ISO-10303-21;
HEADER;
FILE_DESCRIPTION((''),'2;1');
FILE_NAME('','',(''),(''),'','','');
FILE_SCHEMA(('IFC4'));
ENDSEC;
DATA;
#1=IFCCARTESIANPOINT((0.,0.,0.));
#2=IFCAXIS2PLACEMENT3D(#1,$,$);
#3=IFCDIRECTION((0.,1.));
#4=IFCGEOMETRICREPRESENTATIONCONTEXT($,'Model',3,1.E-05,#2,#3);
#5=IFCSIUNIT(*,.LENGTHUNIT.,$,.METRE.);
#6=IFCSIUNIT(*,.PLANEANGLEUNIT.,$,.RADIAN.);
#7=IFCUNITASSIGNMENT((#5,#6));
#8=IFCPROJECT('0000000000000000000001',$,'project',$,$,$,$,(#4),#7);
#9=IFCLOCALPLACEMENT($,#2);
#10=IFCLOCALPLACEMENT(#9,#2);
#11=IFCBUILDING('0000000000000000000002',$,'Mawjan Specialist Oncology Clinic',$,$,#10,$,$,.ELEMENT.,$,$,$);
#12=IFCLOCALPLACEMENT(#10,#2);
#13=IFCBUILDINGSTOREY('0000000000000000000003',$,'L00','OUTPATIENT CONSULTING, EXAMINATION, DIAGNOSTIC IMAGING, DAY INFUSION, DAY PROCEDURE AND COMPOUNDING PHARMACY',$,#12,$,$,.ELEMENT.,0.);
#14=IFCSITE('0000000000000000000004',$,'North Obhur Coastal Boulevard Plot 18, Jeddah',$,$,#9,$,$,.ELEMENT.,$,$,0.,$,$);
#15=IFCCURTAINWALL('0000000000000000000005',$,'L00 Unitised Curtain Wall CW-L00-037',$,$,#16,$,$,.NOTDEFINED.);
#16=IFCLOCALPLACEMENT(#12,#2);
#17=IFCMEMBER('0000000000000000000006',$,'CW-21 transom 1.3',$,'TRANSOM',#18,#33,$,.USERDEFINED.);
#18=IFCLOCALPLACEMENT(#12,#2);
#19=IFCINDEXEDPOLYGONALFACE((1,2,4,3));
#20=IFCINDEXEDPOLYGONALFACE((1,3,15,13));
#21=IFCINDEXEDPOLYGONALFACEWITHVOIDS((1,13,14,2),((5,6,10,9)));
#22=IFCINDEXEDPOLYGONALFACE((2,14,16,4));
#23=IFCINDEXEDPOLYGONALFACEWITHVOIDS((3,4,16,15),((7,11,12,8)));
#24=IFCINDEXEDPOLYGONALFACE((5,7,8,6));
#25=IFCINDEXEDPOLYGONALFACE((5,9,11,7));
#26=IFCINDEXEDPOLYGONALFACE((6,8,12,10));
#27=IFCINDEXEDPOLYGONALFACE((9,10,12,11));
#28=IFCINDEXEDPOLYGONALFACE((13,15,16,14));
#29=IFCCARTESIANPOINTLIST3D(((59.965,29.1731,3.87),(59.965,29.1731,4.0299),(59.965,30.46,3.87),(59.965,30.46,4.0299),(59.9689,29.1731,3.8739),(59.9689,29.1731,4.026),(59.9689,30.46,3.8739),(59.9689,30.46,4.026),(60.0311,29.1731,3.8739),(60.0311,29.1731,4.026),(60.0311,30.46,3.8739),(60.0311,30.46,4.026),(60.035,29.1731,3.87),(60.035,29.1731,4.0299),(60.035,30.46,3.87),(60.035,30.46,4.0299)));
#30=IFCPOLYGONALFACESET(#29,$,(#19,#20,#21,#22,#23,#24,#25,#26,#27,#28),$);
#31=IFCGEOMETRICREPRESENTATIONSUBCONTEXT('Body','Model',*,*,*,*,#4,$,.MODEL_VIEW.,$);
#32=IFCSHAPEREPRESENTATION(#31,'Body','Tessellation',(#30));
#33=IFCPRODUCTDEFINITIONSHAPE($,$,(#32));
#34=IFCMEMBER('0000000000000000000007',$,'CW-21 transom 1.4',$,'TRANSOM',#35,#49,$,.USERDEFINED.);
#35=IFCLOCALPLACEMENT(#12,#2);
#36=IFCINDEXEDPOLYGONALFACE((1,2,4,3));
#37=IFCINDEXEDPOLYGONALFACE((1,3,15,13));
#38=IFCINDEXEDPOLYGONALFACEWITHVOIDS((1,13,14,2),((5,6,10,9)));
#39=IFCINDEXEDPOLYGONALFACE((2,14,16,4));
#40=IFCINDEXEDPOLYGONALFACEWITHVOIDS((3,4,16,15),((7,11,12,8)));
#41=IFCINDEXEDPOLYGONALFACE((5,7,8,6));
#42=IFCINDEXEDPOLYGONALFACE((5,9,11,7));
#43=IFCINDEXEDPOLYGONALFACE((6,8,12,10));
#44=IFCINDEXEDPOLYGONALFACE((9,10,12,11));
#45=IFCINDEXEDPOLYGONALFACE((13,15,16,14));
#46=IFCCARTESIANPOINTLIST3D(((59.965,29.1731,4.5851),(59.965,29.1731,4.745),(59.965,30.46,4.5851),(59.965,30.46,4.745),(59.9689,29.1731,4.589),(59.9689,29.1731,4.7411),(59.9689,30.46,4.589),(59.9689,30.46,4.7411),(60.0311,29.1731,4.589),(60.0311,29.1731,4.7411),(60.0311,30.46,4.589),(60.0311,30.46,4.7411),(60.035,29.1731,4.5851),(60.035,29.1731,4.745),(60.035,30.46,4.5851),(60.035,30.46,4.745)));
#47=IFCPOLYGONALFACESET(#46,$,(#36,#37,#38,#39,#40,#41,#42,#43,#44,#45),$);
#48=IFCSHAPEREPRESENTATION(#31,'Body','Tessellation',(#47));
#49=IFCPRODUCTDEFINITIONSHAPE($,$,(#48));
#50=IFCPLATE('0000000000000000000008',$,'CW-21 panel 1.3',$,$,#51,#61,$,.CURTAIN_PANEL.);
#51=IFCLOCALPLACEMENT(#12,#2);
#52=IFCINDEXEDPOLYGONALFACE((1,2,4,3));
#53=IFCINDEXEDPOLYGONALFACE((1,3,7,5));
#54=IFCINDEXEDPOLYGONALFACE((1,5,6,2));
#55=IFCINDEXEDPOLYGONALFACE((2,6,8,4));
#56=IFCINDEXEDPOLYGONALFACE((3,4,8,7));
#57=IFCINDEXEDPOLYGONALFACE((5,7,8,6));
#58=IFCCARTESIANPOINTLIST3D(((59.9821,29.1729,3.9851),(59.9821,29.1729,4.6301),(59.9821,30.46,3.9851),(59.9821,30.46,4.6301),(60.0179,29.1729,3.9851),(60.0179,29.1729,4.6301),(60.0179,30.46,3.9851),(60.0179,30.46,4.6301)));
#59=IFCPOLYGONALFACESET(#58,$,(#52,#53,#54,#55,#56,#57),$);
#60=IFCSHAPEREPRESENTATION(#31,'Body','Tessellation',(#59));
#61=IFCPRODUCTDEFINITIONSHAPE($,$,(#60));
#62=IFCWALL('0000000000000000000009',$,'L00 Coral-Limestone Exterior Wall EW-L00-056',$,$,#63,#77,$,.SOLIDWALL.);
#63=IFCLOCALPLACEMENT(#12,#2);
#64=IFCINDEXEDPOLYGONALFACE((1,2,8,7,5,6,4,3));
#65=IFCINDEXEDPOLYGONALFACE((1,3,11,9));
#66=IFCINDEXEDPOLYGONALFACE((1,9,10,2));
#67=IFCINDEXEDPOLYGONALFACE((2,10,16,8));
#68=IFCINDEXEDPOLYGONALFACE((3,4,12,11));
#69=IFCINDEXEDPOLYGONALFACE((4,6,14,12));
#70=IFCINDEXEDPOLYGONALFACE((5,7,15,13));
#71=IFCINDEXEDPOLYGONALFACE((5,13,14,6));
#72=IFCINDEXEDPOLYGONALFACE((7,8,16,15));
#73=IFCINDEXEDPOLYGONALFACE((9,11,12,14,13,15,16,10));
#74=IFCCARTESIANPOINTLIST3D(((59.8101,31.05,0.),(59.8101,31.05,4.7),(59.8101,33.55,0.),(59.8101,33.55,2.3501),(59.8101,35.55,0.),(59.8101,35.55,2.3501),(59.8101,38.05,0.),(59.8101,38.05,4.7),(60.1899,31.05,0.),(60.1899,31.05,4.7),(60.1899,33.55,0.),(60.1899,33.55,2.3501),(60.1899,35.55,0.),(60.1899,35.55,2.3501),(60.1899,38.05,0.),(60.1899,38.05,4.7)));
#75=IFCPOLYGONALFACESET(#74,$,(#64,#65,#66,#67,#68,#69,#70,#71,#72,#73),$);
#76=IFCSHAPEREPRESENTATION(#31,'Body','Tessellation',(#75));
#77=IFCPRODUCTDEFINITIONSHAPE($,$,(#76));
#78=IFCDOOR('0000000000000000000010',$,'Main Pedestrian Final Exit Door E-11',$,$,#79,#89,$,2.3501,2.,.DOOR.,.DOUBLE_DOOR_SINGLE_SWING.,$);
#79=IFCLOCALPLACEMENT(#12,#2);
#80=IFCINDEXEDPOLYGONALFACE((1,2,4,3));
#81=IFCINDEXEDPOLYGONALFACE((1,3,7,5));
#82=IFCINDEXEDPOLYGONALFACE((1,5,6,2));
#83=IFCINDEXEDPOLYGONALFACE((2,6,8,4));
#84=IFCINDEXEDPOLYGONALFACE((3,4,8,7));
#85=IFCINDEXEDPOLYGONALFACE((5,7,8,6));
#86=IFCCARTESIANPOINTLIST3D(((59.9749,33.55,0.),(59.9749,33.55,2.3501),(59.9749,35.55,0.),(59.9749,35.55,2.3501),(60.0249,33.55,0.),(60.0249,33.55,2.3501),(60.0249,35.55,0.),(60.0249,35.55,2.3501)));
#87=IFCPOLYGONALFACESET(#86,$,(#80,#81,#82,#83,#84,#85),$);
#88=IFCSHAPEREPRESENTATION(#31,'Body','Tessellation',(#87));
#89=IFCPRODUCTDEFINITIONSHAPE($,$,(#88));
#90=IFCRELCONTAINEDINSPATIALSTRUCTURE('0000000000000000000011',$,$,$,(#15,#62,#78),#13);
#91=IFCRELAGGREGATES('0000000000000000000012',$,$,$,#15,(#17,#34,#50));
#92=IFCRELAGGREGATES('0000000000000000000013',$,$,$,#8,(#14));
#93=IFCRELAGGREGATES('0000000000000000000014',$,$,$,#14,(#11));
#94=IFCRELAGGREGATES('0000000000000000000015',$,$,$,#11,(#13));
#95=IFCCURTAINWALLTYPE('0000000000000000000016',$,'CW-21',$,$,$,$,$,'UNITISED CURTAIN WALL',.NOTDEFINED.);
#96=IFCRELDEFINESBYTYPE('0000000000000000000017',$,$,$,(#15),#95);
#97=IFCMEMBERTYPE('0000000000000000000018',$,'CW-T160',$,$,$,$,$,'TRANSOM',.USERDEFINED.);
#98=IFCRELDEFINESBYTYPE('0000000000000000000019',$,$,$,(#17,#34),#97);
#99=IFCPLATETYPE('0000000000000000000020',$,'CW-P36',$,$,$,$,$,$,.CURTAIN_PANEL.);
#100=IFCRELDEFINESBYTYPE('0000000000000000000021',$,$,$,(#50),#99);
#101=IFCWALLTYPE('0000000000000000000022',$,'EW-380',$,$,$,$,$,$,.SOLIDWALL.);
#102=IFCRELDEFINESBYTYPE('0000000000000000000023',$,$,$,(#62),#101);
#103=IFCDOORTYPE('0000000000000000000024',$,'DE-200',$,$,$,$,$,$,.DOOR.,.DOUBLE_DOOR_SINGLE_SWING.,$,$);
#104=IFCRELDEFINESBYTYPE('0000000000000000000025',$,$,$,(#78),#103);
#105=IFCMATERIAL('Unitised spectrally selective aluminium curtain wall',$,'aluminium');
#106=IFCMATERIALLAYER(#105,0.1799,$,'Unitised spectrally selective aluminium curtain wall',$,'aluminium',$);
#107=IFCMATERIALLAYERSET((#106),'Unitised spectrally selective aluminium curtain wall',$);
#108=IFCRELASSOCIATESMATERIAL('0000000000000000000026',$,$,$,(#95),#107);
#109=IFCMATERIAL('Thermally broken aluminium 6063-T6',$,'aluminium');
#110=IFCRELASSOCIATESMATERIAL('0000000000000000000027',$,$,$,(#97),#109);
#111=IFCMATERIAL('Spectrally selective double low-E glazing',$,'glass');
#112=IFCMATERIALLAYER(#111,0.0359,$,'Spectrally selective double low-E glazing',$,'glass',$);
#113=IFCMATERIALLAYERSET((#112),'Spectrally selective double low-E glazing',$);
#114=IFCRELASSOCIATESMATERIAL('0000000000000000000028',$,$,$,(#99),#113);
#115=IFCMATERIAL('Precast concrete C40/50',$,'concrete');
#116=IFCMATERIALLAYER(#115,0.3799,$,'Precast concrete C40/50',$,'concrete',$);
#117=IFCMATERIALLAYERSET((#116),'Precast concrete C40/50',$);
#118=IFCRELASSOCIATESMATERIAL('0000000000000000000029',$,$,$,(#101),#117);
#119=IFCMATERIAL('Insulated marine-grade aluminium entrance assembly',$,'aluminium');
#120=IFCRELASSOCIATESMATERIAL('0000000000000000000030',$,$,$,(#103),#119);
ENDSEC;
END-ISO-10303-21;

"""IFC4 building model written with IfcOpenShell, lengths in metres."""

from ifc_helpers import new_model, si_unit, direction, frame, frame_2d, origin, origin_2d, place, context, subcontext, project, spatial, rectangle, hollow_rectangle, extrude, material, layer, layer_set, material_profile, profile_set, type_object, element, fill, aggregate, save


model = new_model("IFC4")

# Units and contexts
model_context = context("Model", 3, precision=1e-05, world=origin(), true_north=direction((0.0, 1.0)))
body_context = subcontext(model_context, "Body", "Model", "MODEL_VIEW")
ifc_project = project(units=[si_unit("LENGTHUNIT", "METRE"), si_unit("PLANEANGLEUNIT", "RADIAN")], contexts=[model_context])

# Site, building, storey
site_placement = place(None, origin())
site = spatial("IfcSite", under=ifc_project, at=site_placement, Name="North Obhur Coastal Boulevard Plot 18, Jeddah", CompositionType="ELEMENT", RefElevation=0.0)
building_placement = place(site_placement, origin())
building = spatial("IfcBuilding", under=site, at=building_placement, Name="Mawjan Specialist Oncology Clinic", CompositionType="ELEMENT")
storey_placement = place(building_placement, origin())
storey = spatial("IfcBuildingStorey", under=building, at=storey_placement, Name="L00", Description="OUTPATIENT CONSULTING, EXAMINATION, DIAGNOSTIC IMAGING, DAY INFUSION, DAY PROCEDURE AND COMPOUNDING PHARMACY", CompositionType="ELEMENT", Elevation=0.0)

# Curtain wall, members, plate
ifc_material_1 = material(Name="Unitised spectrally selective aluminium curtain wall", Category="aluminium")
ifc_layer_1 = layer(ifc_material_1, 0.1799, Name="Unitised spectrally selective aluminium curtain wall", Category="aluminium")
ifc_layer_set_1 = layer_set([ifc_layer_1], Name="Unitised spectrally selective aluminium curtain wall")
curtain_wall_type = type_object("IfcCurtainWallType", Name="CW-21", ElementType="UNITISED CURTAIN WALL", PredefinedType="NOTDEFINED", material=ifc_layer_set_1)
curtain_wall_placement = place(storey_placement, origin())
curtain_wall = element("IfcCurtainWall", 1, at=curtain_wall_placement, inside=storey, type_object=curtain_wall_type, Name="L00 Unitised Curtain Wall CW-L00-037", PredefinedType="NOTDEFINED")
ifc_material_2 = material(Name="Thermally broken aluminium 6063-T6", Category="aluminium")
ifc_material_profile_1 = material_profile(ifc_material_2, hollow_rectangle(XDim=0.0701, YDim=0.1599, WallThickness=0.0039, at=origin_2d()), Name="ALU TRANSOM 160x70x4", Category="aluminium")
ifc_profile_set_1 = profile_set([ifc_material_profile_1], Name="Thermally broken aluminium 6063-T6")
member_type_1 = type_object("IfcMemberType", Name="CW-T160", ElementType="TRANSOM", PredefinedType="USERDEFINED", material=ifc_profile_set_1)
member_1_placement = place(storey_placement, frame((60.0, 30.46, 3.95), z_axis=(0.0, -1.0, 0.0), x_axis=(1.0, 0.0, 0.0)))
member_1 = element("IfcMember", 2, at=member_1_placement, type_object=member_type_1, Name="CW-21 transom 1.3", ObjectType="TRANSOM", PredefinedType="USERDEFINED", context=body_context, shape_type="SweptSolid", body=[
    extrude(hollow_rectangle(XDim=0.0701, YDim=0.1599, WallThickness=0.0039, at=origin_2d()), origin(), (0.0, 0.0, 1.0), 1.2869),
])
member_2_placement = place(storey_placement, frame((60.0, 30.46, 4.665), z_axis=(0.0, -1.0, 0.0), x_axis=(1.0, 0.0, 0.0)))
member_2 = element("IfcMember", 3, at=member_2_placement, type_object=member_type_1, Name="CW-21 transom 1.4", ObjectType="TRANSOM", PredefinedType="USERDEFINED", context=body_context, shape_type="SweptSolid", body=[
    extrude(hollow_rectangle(XDim=0.0701, YDim=0.1599, WallThickness=0.0039, at=origin_2d()), origin(), (0.0, 0.0, 1.0), 1.2869),
])
ifc_material_3 = material(Name="Spectrally selective double low-E glazing", Category="glass")
ifc_layer_2 = layer(ifc_material_3, 0.0359, Name="Spectrally selective double low-E glazing", Category="glass")
ifc_layer_set_2 = layer_set([ifc_layer_2], Name="Spectrally selective double low-E glazing")
plate_type = type_object("IfcPlateType", Name="CW-P36", PredefinedType="CURTAIN_PANEL", material=ifc_layer_set_2)
plate_placement = place(storey_placement, frame((60.0, 29.8164, 3.9851), z_axis=(0.0, 0.0, 1.0), x_axis=(0.0, -1.0, 0.0)))
plate = element("IfcPlate", 4, at=plate_placement, type_object=plate_type, Name="CW-21 panel 1.3", PredefinedType="CURTAIN_PANEL", context=body_context, shape_type="SweptSolid", body=[
    extrude(rectangle(XDim=1.2871, YDim=0.0359, at=origin_2d()), origin(), (0.0, 0.0, 1.0), 0.645),
])
aggregate(curtain_wall, [member_1, member_2, plate])

# Wall, opening, door
ifc_material_4 = material(Name="Precast concrete C40/50", Category="concrete")
ifc_layer_3 = layer(ifc_material_4, 0.3799, Name="Precast concrete C40/50", Category="concrete")
ifc_layer_set_3 = layer_set([ifc_layer_3], Name="Precast concrete C40/50")
wall_type = type_object("IfcWallType", Name="EW-380", PredefinedType="SOLIDWALL", material=ifc_layer_set_3)
wall_placement = place(storey_placement, frame((60.0, 38.05, 0.0), z_axis=(0.0, 0.0, 1.0), x_axis=(0.0, -1.0, 0.0)))
wall = element("IfcWall", 5, at=wall_placement, inside=storey, type_object=wall_type, Name="L00 Coral-Limestone Exterior Wall EW-L00-056", PredefinedType="SOLIDWALL", context=body_context, shape_type="SweptSolid", body=[
    extrude(rectangle(XDim=7.0, YDim=0.3799, at=frame_2d((3.5, 0.0))), origin(), (0.0, 0.0, 1.0), 4.7),
])
opening_placement = place(wall_placement, frame((2.5, 0.0, 0.0)))
opening = element("IfcOpeningElement", 6, at=opening_placement, cuts=wall, PredefinedType="OPENING", context=body_context, shape_type="SweptSolid", body=[
    extrude(rectangle(XDim=2.0, YDim=2.3501, at=frame_2d((1.0, 1.175))), frame((0.0, 0.2019, 0.0), z_axis=(0.0, -1.0, 0.0), x_axis=(1.0, 0.0, 0.0)), (0.0, 0.0, 1.0), 0.4038),
])
ifc_material_5 = material(Name="Insulated marine-grade aluminium entrance assembly", Category="aluminium")
door_type = type_object("IfcDoorType", Name="DE-200", OperationType="DOUBLE_DOOR_SINGLE_SWING", PredefinedType="DOOR", material=ifc_material_5)
door_placement = place(opening_placement, origin())
door = element("IfcDoor", 7, at=door_placement, inside=storey, type_object=door_type, Name="Main Pedestrian Final Exit Door E-11", OperationType="DOUBLE_DOOR_SINGLE_SWING", OverallHeight=2.3501, OverallWidth=2.0, PredefinedType="DOOR", context=body_context, shape_type="SweptSolid", body=[
    extrude(rectangle(XDim=2.0, YDim=2.3501, at=frame_2d((1.0, 1.175))), frame((0.0, 0.0249, 0.0), z_axis=(0.0, -1.0, 0.0), x_axis=(1.0, 0.0, 0.0)), (0.0, 0.0, 1.0), 0.05),
])
fill(opening, door)

save(model, "model.ifc")
